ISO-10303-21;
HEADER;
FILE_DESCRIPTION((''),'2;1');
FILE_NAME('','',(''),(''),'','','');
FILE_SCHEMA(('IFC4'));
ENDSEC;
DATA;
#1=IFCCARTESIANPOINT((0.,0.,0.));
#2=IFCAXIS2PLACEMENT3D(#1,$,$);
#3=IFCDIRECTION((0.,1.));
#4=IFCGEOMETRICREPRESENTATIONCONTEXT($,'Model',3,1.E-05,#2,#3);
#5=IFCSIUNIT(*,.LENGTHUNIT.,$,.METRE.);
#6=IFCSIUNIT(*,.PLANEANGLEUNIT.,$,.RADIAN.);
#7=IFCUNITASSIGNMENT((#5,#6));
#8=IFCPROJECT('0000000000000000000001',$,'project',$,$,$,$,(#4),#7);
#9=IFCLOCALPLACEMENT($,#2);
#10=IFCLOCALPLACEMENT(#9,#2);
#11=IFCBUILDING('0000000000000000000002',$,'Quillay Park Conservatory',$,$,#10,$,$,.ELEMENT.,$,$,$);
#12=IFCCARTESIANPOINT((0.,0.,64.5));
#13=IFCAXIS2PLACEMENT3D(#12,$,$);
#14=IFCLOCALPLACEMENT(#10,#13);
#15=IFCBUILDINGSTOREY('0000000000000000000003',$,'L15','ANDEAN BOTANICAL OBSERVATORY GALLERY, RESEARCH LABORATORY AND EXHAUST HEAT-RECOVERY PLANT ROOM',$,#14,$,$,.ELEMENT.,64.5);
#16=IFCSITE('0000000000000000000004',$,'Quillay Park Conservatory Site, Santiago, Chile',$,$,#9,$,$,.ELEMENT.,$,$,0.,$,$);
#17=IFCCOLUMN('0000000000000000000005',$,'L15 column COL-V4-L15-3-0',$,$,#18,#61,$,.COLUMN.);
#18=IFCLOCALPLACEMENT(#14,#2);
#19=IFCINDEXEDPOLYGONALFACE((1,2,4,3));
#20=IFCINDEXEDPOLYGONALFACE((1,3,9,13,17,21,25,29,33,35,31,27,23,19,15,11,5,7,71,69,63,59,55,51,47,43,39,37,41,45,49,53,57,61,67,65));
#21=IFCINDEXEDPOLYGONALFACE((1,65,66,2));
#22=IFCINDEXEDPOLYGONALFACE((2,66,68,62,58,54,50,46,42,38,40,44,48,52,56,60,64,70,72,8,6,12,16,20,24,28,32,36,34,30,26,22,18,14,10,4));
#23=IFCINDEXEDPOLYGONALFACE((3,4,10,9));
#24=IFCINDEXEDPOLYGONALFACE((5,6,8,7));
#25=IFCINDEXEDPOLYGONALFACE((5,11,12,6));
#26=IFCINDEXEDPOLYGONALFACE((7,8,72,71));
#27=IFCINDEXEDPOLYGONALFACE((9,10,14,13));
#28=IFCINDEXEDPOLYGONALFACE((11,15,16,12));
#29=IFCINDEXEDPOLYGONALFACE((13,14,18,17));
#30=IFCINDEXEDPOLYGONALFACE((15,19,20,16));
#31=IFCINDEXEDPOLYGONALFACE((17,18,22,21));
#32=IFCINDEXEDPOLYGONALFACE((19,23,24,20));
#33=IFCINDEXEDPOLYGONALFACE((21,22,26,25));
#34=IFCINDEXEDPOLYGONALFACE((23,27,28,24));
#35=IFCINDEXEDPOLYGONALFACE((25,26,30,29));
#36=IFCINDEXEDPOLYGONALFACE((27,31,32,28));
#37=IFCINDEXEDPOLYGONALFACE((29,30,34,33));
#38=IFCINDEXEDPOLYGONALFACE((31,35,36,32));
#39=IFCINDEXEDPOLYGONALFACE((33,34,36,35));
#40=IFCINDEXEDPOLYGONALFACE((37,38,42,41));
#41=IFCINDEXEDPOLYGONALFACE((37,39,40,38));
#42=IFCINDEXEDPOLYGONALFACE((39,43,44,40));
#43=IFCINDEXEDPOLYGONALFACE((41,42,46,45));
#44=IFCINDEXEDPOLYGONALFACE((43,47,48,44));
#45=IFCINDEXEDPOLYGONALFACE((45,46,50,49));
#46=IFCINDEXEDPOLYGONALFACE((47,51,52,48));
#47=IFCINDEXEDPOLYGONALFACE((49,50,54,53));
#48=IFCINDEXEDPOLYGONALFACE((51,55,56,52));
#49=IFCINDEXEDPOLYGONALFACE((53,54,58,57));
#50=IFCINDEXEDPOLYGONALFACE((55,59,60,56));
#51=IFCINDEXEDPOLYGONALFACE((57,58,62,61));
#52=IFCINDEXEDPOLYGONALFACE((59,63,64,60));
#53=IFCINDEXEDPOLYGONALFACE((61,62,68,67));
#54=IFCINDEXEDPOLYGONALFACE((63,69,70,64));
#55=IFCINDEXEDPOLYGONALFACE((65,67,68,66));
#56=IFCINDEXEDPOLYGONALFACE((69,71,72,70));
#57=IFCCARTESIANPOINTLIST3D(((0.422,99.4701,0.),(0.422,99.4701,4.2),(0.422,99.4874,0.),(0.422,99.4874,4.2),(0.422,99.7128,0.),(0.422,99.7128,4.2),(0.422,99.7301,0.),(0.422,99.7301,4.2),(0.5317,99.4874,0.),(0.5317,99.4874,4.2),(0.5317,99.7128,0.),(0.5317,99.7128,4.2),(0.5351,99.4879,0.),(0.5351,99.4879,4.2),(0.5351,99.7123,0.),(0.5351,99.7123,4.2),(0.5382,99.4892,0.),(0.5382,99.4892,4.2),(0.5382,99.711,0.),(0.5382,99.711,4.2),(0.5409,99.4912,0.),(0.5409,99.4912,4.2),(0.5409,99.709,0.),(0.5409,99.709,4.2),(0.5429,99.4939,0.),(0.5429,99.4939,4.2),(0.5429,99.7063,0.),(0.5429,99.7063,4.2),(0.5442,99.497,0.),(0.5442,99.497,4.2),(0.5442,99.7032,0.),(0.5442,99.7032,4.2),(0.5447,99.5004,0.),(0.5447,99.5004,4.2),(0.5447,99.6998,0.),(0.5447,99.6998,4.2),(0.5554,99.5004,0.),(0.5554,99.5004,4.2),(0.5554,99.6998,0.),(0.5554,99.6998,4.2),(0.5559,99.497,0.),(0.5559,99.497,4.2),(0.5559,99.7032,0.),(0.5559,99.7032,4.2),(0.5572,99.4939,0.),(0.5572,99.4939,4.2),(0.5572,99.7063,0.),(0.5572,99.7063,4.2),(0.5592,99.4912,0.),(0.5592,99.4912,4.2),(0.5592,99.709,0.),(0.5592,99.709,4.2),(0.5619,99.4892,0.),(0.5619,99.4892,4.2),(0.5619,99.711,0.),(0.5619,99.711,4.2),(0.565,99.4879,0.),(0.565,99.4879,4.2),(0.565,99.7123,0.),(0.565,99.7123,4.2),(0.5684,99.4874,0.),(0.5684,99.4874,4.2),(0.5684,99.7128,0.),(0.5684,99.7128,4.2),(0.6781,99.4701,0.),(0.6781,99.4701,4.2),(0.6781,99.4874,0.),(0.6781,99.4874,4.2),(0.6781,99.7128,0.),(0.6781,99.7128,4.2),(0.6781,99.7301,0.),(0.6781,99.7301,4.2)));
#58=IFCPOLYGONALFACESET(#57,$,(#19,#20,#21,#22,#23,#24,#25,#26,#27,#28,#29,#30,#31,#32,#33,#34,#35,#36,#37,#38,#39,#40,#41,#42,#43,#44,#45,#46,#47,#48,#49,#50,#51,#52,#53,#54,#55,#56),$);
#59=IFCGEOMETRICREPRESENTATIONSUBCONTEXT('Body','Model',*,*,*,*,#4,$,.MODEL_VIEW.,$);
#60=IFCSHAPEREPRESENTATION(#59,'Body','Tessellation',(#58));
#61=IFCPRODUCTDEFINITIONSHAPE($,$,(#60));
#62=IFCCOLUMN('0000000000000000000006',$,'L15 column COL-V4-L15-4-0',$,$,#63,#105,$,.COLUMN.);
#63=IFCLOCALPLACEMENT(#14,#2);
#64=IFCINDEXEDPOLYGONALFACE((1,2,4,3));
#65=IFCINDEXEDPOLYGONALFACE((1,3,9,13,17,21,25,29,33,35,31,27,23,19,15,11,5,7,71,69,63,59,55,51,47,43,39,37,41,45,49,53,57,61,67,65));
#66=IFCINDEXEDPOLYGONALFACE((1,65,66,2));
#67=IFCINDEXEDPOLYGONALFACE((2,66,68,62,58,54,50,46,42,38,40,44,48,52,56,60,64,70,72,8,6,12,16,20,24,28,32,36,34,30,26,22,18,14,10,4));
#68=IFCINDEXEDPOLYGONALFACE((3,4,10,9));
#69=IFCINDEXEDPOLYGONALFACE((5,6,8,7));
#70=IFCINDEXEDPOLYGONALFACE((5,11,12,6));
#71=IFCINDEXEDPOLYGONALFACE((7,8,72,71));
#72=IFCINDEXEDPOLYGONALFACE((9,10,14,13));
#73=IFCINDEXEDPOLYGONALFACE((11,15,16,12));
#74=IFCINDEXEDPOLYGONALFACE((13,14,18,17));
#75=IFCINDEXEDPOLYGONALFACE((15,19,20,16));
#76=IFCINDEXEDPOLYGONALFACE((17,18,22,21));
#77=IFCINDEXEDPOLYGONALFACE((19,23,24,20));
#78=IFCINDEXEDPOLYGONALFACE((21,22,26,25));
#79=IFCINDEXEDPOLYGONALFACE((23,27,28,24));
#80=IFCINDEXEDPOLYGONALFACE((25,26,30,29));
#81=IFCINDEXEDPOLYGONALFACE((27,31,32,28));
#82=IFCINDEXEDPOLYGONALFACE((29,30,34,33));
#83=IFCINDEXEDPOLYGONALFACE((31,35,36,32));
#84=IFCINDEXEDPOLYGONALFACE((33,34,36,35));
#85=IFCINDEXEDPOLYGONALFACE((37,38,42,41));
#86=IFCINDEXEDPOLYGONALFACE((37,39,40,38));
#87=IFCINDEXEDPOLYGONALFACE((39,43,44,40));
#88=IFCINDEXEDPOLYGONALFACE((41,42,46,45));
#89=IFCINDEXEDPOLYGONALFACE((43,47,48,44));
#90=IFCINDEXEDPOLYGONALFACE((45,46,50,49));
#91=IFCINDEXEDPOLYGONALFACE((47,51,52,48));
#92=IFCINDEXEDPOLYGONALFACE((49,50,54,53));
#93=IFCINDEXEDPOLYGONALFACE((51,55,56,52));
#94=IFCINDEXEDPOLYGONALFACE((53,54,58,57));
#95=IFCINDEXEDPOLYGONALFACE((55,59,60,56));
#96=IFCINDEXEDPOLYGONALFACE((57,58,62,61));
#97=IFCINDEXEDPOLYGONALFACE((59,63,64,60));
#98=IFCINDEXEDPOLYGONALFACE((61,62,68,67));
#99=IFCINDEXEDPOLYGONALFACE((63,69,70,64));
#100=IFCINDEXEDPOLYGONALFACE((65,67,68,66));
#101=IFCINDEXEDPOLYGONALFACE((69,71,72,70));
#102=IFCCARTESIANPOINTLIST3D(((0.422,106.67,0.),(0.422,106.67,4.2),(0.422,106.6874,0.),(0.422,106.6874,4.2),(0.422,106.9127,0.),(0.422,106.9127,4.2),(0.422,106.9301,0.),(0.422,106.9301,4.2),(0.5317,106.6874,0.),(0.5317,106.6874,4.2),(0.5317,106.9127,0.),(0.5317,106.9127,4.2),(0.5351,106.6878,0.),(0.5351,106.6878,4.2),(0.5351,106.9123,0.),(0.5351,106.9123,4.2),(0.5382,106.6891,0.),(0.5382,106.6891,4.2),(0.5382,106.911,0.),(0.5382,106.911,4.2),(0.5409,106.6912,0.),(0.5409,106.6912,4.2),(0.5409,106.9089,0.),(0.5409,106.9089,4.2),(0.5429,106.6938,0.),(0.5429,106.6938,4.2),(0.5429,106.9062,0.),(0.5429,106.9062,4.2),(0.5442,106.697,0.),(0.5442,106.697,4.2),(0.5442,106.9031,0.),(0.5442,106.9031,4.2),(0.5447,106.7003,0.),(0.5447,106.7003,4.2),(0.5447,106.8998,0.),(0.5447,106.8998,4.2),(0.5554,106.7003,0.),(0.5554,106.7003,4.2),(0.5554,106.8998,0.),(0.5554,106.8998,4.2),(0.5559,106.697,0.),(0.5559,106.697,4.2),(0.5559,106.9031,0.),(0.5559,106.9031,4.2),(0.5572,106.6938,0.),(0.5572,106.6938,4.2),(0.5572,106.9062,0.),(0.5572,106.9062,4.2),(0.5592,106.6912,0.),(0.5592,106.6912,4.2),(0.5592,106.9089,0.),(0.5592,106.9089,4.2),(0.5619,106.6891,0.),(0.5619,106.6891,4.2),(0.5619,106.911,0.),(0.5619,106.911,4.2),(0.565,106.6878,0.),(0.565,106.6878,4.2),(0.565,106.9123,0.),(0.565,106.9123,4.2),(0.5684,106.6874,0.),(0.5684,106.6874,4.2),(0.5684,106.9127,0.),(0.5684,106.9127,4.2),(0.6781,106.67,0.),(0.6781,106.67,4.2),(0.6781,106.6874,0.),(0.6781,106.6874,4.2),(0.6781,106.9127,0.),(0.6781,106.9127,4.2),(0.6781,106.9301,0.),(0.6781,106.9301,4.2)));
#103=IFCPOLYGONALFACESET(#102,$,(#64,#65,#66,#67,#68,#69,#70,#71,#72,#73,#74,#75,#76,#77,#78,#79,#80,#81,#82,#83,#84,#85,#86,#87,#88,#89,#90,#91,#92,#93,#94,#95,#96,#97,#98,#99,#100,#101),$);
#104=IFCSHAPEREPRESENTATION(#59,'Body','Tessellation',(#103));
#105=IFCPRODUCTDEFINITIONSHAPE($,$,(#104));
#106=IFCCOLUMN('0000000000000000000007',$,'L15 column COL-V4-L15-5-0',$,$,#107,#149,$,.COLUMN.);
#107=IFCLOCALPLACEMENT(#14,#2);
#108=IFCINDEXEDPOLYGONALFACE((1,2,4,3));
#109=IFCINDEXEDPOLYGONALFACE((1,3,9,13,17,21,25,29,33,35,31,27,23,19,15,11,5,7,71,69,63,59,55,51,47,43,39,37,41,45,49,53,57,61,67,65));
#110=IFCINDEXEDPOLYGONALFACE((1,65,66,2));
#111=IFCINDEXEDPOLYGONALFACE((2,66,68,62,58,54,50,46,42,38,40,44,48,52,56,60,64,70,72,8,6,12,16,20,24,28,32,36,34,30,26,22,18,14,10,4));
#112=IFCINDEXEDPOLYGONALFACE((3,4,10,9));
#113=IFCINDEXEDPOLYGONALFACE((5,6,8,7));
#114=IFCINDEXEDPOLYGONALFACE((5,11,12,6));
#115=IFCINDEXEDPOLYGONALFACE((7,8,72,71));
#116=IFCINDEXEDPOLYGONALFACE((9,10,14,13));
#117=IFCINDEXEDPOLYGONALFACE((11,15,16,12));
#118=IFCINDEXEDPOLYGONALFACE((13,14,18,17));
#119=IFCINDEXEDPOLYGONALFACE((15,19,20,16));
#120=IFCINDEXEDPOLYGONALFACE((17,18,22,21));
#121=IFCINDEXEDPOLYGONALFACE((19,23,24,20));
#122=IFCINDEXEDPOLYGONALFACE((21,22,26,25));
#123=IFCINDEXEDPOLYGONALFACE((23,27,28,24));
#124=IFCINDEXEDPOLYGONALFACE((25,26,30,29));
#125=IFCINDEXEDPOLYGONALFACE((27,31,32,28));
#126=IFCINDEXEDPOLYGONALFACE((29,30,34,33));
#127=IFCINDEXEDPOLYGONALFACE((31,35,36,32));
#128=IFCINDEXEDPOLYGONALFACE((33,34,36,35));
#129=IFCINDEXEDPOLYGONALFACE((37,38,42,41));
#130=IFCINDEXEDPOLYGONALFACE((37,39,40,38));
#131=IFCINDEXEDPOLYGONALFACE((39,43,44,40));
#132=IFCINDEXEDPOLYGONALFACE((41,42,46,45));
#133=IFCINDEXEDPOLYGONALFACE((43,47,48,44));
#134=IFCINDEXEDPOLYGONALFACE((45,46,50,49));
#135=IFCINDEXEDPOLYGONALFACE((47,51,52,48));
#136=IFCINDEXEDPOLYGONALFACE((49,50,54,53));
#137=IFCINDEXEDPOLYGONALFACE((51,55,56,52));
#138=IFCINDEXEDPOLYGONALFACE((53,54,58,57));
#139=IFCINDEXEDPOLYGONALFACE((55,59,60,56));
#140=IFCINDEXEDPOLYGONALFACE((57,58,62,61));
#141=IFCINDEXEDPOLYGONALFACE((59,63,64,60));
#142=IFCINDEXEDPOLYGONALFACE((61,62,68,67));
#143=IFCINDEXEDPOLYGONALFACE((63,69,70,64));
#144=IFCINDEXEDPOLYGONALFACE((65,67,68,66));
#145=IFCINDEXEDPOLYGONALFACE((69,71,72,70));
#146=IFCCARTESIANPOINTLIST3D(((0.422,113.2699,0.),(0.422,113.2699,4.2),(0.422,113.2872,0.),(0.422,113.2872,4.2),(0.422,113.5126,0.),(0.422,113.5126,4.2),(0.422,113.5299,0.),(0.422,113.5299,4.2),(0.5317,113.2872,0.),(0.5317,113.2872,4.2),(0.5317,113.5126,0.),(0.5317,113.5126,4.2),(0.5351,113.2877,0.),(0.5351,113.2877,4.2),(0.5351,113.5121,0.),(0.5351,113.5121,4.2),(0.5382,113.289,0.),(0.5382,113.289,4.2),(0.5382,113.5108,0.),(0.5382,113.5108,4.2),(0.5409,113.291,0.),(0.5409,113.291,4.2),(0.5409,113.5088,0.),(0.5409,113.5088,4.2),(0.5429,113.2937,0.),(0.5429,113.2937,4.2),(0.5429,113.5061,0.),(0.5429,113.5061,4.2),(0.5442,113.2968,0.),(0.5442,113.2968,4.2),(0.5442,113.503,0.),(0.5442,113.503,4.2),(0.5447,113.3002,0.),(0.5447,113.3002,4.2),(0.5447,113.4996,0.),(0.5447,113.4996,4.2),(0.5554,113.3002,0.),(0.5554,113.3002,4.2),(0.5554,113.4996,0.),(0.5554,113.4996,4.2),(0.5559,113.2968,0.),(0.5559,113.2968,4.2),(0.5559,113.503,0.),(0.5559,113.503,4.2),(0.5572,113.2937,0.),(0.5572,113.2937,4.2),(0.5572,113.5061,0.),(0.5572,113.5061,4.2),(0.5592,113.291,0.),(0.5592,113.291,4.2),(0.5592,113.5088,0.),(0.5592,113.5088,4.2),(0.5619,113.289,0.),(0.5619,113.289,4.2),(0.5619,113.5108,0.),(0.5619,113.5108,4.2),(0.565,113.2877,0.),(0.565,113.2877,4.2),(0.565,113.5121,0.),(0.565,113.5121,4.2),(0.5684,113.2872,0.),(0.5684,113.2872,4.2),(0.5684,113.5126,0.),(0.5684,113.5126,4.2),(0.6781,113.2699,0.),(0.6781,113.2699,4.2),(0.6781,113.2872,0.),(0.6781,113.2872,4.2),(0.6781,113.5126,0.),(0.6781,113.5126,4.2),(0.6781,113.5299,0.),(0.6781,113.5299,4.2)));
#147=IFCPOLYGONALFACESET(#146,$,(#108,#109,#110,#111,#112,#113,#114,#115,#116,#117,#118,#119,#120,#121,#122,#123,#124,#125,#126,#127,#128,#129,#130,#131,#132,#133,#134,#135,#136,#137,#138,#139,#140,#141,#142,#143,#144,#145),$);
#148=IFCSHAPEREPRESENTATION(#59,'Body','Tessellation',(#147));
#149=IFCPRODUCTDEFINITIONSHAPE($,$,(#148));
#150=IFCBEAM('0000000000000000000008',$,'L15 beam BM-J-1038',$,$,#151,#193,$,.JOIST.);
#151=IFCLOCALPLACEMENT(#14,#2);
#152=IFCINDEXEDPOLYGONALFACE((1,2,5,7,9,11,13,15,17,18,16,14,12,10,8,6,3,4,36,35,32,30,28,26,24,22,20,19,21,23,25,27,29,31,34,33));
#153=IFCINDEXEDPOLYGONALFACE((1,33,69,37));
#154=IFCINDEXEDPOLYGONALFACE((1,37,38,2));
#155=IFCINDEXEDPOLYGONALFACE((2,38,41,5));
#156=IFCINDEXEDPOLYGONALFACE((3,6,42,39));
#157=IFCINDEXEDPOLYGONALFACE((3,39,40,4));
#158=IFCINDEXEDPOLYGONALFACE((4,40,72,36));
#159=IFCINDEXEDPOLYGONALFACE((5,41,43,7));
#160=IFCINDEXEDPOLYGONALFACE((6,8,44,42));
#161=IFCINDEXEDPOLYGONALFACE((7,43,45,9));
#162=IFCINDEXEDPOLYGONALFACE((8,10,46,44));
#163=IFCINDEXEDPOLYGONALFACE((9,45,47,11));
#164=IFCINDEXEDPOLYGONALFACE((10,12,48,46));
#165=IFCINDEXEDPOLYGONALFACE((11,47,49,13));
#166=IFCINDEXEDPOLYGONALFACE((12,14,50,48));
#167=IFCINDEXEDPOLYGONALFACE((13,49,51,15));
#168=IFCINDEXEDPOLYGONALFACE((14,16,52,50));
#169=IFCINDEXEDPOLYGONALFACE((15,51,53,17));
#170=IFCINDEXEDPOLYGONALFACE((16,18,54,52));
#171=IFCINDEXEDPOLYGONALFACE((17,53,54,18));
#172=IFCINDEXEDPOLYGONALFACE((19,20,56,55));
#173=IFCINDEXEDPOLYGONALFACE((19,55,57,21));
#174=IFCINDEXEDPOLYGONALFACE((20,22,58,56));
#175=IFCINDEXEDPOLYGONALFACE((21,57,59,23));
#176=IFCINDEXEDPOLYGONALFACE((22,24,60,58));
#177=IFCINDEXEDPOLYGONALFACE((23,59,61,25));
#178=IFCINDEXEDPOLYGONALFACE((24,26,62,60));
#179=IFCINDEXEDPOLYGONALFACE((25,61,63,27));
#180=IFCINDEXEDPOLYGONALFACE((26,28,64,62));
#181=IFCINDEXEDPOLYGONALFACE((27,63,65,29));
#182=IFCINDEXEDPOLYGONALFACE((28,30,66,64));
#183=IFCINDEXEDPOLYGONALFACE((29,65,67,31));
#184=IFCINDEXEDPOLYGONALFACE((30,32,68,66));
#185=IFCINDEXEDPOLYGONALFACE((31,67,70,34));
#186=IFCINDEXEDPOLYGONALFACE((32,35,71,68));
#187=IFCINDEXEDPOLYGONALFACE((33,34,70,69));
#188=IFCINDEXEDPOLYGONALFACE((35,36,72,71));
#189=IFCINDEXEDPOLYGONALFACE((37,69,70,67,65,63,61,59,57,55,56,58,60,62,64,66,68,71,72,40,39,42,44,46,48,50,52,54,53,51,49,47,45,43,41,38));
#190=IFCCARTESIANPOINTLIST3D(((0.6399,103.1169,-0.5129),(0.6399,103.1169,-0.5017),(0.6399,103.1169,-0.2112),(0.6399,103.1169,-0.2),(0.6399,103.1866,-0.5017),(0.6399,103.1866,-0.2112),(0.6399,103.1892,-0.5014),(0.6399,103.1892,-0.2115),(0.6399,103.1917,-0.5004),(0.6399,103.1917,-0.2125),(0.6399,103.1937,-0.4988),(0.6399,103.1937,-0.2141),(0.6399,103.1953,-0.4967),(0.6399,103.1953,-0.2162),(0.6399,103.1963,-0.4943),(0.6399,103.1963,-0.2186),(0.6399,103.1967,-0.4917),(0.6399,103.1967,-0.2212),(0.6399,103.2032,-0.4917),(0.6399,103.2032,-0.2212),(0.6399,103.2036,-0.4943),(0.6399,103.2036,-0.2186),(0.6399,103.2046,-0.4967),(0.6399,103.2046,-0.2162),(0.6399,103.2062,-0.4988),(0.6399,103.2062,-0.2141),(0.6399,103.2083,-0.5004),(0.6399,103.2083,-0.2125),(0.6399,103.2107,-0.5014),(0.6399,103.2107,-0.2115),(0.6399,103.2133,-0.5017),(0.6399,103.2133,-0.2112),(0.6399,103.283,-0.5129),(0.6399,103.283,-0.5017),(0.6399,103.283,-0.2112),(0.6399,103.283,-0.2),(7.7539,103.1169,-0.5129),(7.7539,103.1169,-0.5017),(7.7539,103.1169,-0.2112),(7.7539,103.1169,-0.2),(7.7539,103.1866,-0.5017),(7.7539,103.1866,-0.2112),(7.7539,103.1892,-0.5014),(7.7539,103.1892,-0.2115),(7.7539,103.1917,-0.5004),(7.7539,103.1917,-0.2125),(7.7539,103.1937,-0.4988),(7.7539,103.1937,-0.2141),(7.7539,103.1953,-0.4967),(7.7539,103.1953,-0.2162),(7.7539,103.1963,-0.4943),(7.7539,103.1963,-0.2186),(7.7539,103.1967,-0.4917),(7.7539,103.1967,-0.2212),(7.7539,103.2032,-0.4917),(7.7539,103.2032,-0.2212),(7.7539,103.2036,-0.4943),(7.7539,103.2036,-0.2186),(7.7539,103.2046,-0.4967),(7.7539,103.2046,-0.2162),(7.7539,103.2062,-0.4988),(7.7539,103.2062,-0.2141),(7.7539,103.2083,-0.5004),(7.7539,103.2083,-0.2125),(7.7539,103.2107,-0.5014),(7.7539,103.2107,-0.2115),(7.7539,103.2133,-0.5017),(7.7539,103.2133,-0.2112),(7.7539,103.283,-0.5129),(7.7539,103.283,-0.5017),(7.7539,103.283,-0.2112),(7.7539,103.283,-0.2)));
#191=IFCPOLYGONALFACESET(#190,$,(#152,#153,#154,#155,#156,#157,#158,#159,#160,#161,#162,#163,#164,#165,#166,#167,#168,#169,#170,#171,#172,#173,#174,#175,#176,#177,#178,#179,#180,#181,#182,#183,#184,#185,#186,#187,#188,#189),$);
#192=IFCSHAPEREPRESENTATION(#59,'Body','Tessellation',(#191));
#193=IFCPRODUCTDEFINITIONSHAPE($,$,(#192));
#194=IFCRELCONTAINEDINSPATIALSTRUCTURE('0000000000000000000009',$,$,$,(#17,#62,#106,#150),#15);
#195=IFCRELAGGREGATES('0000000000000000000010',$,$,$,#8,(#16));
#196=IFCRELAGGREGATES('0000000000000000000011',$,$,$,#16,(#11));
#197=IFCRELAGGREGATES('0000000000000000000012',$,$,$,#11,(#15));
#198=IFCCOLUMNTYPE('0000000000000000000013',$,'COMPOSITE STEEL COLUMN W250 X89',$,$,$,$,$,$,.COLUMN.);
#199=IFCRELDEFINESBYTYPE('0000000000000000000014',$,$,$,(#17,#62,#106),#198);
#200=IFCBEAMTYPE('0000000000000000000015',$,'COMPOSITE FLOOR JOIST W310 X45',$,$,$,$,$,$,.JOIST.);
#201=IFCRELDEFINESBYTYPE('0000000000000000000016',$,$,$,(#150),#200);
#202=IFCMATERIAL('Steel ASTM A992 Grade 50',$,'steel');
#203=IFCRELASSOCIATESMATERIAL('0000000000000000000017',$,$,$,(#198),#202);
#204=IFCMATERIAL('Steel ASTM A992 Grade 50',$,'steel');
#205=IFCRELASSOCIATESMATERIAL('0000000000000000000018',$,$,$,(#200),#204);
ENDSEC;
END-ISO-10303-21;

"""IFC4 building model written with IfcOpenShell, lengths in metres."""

from ifc_helpers import new_model, si_unit, direction, frame, origin, origin_2d, place, context, subcontext, project, spatial, i_section, extrude, material, material_profile, profile_set, type_object, element, save


model = new_model("IFC4")

# Units and contexts
model_context = context("Model", 3, precision=1e-05, world=origin(), true_north=direction((0.0, 1.0)))
body_context = subcontext(model_context, "Body", "Model", "MODEL_VIEW")
ifc_project = project(units=[si_unit("LENGTHUNIT", "METRE"), si_unit("PLANEANGLEUNIT", "RADIAN")], contexts=[model_context])

# Site, building, storey
site_placement = place(None, origin())
site = spatial("IfcSite", under=ifc_project, at=site_placement, Name="Quillay Park Conservatory Site, Santiago, Chile", CompositionType="ELEMENT", RefElevation=0.0)
building_placement = place(site_placement, origin())
building = spatial("IfcBuilding", under=site, at=building_placement, Name="Quillay Park Conservatory", CompositionType="ELEMENT")
storey_placement = place(building_placement, frame((0.0, 0.0, 64.5)))
storey = spatial("IfcBuildingStorey", under=building, at=storey_placement, Name="L15", Description="ANDEAN BOTANICAL OBSERVATORY GALLERY, RESEARCH LABORATORY AND EXHAUST HEAT-RECOVERY PLANT ROOM", CompositionType="ELEMENT", Elevation=64.5)

# Columns
ifc_material_1 = material(Name="Steel ASTM A992 Grade 50", Category="steel")
ifc_material_profile_1 = material_profile(ifc_material_1, i_section(OverallWidth=0.2561, OverallDepth=0.26, WebThickness=0.0107, FlangeThickness=0.0173, FilletRadius=0.0129, at=origin_2d()), Name="W250x89")
ifc_profile_set_1 = profile_set([ifc_material_profile_1], Name="Steel ASTM A992 Grade 50")
column_type = type_object("IfcColumnType", Name="COMPOSITE STEEL COLUMN W250 X89", PredefinedType="COLUMN", material=ifc_profile_set_1)
for number, where, z_axis, x_axis, name in (
    (1, (0.55, 99.6001, 0.0), (0.0, 0.0, 1.0), (1.0, 0.0, 0.0), "L15 column COL-V4-L15-3-0"),
    (2, (0.55, 106.8, 0.0), (0.0, 0.0, 1.0), (1.0, 0.0, 0.0), "L15 column COL-V4-L15-4-0"),
    (3, (0.55, 113.3999, 0.0), (0.0, 0.0, 1.0), (1.0, 0.0, 0.0), "L15 column COL-V4-L15-5-0"),
):
    element("IfcColumn", number, at=place(storey_placement, frame(where, z_axis=z_axis, x_axis=x_axis)), inside=storey, type_object=column_type, Name=name, PredefinedType="COLUMN", context=body_context, shape_type="SweptSolid", body=[
        extrude(i_section(OverallWidth=0.2561, OverallDepth=0.26, WebThickness=0.0107, FlangeThickness=0.0173, FilletRadius=0.0129, at=origin_2d()), origin(), (0.0, 0.0, 1.0), 4.2),
    ])

# Beam
ifc_material_2 = material(Name="Steel ASTM A992 Grade 50", Category="steel")
ifc_material_profile_2 = material_profile(ifc_material_2, i_section(OverallWidth=0.166, OverallDepth=0.313, WebThickness=0.0066, FlangeThickness=0.0112, FilletRadius=0.01, at=origin_2d()), Name="W310x45")
ifc_profile_set_2 = profile_set([ifc_material_profile_2], Name="Steel ASTM A992 Grade 50")
beam_type_1 = type_object("IfcBeamType", Name="COMPOSITE FLOOR JOIST W310 X45", PredefinedType="JOIST", material=ifc_profile_set_2)
for number, where, z_axis, x_axis, name in (
    (4, (0.6399, 103.2, -0.3564), (1.0, 0.0, 0.0), (0.0, 1.0, 0.0), "L15 beam BM-J-1038"),
):
    element("IfcBeam", number, at=place(storey_placement, frame(where, z_axis=z_axis, x_axis=x_axis)), inside=storey, type_object=beam_type_1, Name=name, PredefinedType="JOIST", context=body_context, shape_type="SweptSolid", body=[
        extrude(i_section(OverallWidth=0.166, OverallDepth=0.313, WebThickness=0.0066, FlangeThickness=0.0112, FilletRadius=0.01, at=origin_2d()), origin(), (0.0, 0.0, 1.0), 7.114),
    ])

save(model, "model.ifc")
